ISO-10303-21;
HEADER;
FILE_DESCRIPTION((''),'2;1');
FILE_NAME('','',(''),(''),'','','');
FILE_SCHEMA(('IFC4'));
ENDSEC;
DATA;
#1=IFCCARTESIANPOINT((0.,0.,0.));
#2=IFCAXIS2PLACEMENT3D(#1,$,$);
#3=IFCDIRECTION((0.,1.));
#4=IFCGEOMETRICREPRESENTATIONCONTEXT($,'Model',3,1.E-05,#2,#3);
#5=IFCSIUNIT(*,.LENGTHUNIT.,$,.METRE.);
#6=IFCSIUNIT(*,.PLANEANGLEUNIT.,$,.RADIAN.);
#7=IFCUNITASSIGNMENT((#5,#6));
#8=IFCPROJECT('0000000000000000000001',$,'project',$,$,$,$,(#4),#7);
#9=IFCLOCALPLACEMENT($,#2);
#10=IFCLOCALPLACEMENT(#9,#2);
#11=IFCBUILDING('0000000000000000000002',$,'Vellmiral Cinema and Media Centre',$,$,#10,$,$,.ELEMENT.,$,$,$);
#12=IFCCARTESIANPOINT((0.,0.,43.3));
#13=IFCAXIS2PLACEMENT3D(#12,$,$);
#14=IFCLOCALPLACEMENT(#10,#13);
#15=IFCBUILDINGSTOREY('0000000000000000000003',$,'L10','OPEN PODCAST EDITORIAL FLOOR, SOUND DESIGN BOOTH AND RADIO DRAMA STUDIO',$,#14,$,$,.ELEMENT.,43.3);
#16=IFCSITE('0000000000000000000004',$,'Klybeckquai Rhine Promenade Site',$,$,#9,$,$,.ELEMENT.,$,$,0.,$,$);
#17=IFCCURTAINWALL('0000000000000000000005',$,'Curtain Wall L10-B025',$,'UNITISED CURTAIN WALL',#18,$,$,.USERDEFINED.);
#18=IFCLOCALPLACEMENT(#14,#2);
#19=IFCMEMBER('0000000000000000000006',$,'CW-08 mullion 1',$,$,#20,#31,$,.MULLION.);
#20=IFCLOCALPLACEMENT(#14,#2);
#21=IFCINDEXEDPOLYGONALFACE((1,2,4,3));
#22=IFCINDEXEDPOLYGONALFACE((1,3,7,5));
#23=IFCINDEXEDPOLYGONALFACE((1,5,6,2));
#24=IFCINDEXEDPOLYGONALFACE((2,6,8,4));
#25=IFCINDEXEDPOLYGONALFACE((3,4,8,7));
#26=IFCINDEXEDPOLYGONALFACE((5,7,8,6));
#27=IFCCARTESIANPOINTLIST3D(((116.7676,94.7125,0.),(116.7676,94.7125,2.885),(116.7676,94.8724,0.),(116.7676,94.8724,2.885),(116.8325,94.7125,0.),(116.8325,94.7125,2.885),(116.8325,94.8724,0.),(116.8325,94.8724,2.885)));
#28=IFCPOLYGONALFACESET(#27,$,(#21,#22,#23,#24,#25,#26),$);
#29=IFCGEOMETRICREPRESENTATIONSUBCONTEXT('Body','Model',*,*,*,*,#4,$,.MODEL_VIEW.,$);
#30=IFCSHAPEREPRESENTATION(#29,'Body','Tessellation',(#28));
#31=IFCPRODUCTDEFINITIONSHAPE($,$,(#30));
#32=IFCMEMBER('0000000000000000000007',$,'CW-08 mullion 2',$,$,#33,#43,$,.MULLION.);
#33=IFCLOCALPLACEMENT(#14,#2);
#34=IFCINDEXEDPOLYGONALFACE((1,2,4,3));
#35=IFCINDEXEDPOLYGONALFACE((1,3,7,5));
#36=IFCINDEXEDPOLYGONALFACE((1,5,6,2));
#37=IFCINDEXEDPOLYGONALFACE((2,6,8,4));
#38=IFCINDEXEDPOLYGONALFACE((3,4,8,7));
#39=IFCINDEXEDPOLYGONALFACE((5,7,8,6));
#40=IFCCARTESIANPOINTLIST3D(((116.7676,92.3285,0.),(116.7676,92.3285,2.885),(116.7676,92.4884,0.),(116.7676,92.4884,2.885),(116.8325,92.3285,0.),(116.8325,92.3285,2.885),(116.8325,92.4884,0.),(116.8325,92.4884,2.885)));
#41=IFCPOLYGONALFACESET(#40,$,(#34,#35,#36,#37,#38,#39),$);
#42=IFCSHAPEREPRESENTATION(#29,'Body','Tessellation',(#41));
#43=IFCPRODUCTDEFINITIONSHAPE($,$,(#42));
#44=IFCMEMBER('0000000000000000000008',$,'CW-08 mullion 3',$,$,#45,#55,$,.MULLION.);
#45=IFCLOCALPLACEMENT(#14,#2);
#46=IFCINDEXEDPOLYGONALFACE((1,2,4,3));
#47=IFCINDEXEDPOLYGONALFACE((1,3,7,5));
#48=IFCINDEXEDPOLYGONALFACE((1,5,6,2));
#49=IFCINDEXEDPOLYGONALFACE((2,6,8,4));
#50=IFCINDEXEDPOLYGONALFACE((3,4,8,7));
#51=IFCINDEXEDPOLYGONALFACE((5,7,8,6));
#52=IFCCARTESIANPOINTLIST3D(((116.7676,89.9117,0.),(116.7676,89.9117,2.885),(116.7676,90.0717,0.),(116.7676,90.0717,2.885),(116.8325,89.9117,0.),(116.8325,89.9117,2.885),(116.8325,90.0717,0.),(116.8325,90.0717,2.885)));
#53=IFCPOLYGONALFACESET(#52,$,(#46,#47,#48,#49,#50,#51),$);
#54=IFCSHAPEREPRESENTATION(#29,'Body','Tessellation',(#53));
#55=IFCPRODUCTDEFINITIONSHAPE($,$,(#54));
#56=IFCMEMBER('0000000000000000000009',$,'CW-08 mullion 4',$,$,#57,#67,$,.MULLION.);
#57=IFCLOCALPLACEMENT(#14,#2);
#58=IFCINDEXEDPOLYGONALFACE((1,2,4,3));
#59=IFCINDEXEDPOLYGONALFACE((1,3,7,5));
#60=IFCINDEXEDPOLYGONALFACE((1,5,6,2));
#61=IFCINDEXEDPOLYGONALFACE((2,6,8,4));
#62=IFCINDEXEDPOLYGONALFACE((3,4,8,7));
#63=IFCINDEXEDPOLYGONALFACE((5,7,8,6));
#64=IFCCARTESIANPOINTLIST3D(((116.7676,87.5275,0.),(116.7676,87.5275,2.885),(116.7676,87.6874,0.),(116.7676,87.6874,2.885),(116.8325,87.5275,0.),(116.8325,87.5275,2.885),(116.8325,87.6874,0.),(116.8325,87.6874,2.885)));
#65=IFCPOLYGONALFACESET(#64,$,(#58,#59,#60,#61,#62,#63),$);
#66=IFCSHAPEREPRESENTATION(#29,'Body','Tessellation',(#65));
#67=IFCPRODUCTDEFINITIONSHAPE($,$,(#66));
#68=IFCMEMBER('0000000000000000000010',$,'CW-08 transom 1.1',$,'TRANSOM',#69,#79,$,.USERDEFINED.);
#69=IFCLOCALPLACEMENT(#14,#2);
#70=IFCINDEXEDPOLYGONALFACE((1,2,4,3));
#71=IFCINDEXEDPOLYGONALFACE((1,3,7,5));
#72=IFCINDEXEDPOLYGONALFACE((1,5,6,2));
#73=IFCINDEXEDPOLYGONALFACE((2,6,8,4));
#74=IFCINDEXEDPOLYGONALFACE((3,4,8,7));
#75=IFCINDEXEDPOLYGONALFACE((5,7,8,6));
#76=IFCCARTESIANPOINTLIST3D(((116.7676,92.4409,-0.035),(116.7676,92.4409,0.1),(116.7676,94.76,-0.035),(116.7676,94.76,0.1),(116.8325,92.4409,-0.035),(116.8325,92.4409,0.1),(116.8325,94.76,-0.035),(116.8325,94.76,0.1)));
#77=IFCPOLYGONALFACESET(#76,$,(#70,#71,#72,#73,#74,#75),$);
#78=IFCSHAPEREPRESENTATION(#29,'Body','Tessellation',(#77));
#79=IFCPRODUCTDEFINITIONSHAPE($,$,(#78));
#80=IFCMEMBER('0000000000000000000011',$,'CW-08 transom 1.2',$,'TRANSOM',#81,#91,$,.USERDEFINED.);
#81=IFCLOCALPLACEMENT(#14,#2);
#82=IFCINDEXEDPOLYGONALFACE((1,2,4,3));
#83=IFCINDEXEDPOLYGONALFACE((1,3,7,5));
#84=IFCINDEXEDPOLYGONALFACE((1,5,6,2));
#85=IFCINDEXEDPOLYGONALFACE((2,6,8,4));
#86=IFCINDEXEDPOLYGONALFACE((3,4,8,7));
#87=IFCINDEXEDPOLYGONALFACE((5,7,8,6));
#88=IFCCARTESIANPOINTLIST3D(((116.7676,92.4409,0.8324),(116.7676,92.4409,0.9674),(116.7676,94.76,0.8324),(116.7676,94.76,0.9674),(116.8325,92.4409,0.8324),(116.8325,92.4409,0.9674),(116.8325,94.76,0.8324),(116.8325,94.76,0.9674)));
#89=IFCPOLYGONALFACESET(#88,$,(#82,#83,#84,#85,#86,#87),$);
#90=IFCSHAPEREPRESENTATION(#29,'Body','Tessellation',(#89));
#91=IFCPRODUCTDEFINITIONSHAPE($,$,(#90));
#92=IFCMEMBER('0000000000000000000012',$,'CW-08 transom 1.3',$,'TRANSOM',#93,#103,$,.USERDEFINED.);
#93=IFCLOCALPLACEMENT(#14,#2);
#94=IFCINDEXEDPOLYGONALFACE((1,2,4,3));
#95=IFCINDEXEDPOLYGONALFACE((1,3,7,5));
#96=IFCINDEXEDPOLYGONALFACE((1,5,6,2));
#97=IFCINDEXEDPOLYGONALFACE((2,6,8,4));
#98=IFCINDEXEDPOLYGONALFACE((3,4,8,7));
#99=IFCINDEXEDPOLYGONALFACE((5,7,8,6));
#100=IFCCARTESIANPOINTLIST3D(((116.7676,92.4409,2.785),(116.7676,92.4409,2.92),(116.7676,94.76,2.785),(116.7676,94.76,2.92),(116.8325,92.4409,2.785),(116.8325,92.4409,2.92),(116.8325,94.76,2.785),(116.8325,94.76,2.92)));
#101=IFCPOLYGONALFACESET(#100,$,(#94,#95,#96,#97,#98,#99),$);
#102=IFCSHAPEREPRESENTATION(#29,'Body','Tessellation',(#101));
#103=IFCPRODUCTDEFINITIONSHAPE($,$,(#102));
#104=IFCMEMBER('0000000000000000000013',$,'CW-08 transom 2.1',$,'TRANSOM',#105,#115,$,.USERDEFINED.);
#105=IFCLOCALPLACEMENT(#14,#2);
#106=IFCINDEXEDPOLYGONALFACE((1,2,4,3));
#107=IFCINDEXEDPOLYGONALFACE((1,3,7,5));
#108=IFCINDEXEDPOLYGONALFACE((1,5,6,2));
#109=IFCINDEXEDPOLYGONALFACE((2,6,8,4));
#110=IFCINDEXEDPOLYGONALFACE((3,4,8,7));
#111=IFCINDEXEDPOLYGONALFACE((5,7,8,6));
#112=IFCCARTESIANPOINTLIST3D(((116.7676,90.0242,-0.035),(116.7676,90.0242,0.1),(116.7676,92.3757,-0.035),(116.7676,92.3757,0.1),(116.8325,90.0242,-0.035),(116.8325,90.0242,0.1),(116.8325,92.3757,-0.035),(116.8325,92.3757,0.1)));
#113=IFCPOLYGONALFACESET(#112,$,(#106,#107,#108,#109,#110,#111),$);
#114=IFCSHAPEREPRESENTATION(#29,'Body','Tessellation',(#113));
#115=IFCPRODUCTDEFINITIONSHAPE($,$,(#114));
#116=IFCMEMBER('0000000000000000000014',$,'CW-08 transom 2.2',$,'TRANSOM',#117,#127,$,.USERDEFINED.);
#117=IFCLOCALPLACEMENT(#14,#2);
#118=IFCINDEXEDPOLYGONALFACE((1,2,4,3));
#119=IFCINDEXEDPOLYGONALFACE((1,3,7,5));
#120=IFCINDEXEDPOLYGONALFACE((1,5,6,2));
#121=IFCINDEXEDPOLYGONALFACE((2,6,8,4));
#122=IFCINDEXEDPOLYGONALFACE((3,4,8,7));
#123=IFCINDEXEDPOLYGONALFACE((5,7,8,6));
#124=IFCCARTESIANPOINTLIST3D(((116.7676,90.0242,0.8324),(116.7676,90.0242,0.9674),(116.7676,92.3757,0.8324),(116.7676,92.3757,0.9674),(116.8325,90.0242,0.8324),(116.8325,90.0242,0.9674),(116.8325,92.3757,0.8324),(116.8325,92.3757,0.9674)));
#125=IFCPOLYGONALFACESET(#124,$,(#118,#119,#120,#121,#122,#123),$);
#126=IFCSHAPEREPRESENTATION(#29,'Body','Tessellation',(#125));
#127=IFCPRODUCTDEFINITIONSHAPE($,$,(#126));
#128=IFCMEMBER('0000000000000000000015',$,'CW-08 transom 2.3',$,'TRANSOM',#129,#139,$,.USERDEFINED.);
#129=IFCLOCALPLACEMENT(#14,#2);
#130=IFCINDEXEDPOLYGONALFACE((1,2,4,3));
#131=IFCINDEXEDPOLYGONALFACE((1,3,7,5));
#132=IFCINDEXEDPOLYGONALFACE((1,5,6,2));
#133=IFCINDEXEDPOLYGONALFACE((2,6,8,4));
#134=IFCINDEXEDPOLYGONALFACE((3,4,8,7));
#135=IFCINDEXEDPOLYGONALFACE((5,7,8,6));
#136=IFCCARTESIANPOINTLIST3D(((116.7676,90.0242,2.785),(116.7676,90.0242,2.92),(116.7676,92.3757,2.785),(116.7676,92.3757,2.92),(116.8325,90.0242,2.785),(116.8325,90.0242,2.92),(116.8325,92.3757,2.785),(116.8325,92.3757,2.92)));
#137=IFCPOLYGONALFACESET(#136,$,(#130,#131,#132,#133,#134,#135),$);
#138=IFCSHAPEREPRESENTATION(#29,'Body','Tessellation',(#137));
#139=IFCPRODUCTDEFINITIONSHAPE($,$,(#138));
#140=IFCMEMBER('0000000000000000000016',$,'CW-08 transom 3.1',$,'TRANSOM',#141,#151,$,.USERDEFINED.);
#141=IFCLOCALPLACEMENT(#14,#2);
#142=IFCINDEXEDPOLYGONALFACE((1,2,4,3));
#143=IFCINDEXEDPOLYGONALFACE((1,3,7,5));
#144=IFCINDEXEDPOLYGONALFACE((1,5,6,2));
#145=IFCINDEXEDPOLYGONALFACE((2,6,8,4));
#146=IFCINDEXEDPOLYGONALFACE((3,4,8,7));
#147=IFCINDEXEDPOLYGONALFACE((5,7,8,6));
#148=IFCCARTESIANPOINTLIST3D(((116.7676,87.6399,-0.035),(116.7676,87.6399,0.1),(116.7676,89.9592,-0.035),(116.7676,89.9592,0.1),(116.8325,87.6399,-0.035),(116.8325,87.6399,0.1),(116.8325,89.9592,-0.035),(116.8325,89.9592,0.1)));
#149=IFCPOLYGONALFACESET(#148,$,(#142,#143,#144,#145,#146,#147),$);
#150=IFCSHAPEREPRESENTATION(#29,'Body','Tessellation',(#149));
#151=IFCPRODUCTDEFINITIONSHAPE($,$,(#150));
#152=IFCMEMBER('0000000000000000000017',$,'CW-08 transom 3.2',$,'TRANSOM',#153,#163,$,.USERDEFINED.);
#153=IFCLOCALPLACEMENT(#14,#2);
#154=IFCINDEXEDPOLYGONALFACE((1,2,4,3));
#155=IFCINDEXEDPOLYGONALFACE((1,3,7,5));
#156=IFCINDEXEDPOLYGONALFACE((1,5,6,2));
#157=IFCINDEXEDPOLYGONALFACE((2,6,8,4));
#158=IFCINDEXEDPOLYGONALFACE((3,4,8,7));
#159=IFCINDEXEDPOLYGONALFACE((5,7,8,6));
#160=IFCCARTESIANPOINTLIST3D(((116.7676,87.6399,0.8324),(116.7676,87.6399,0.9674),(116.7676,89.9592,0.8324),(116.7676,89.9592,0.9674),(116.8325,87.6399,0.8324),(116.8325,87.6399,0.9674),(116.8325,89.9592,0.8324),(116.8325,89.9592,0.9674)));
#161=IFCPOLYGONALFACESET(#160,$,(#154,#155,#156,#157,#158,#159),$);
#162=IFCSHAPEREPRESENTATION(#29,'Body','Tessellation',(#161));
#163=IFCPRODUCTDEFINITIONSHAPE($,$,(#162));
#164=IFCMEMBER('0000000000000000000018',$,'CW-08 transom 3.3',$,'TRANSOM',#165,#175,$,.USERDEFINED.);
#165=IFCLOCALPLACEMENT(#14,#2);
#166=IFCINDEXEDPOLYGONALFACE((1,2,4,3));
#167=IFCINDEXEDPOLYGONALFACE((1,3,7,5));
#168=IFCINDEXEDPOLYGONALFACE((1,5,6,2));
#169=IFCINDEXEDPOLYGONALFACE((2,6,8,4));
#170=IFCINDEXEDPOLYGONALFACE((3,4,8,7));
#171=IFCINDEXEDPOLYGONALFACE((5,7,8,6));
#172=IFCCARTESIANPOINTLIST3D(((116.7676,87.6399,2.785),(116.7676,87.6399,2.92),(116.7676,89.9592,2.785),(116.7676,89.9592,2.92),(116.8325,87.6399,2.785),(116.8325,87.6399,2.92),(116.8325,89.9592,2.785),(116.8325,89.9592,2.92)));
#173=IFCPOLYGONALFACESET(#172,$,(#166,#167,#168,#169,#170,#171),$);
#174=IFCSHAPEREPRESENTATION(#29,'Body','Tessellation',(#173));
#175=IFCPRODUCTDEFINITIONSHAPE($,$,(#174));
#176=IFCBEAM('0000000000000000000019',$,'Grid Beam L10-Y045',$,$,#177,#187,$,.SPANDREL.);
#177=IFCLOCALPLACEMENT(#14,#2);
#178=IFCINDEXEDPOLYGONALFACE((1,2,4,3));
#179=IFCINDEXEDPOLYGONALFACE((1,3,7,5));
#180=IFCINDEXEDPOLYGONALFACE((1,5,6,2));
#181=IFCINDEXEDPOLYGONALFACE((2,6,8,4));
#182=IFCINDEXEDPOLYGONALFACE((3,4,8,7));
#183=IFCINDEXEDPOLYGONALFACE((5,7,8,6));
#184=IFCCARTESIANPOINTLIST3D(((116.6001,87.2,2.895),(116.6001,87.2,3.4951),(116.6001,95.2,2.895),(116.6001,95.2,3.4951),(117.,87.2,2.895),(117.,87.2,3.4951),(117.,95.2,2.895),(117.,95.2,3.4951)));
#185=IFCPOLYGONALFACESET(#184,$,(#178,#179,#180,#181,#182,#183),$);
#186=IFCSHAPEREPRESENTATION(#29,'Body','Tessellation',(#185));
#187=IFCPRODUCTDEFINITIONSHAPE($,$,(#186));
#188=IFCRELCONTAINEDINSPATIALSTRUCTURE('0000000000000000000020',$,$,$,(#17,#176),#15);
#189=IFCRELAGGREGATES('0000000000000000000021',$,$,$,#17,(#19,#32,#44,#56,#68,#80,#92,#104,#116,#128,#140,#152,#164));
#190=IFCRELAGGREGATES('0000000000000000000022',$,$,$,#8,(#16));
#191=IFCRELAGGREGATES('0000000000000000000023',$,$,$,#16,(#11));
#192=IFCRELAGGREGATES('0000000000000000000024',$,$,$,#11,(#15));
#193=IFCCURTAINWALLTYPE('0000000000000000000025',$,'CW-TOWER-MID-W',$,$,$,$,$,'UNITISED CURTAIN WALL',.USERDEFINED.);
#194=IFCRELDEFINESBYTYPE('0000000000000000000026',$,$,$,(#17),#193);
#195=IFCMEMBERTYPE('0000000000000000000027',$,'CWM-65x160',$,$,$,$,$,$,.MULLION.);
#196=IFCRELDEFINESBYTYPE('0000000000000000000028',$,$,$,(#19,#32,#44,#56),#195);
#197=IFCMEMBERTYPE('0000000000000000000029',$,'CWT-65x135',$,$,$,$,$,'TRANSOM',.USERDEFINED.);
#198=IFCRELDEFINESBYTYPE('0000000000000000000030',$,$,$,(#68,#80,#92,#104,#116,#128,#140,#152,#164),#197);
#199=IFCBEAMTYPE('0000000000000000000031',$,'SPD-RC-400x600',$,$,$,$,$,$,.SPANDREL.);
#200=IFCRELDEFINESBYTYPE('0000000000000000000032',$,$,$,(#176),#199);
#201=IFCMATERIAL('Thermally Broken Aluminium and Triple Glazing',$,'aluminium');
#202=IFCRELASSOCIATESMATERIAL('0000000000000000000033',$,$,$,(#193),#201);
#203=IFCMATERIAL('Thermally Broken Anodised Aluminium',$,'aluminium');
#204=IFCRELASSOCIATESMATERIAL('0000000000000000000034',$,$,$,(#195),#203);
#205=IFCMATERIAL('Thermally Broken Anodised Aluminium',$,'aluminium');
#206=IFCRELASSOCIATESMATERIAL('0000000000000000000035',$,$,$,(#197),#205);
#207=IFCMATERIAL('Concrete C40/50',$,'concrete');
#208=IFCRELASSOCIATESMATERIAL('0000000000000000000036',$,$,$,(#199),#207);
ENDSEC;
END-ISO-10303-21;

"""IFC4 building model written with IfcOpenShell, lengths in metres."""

from ifc_helpers import new_model, si_unit, direction, frame, origin, origin_2d, place, context, subcontext, project, spatial, rectangle, extrude, material, material_profile, profile_set, type_object, element, aggregate, save


model = new_model("IFC4")

# Units and contexts
model_context = context("Model", 3, precision=1e-05, world=origin(), true_north=direction((0.0, 1.0)))
body_context = subcontext(model_context, "Body", "Model", "MODEL_VIEW")
ifc_project = project(units=[si_unit("LENGTHUNIT", "METRE"), si_unit("PLANEANGLEUNIT", "RADIAN")], contexts=[model_context])

# Site, building, storey
site_placement = place(None, origin())
site = spatial("IfcSite", under=ifc_project, at=site_placement, Name="Klybeckquai Rhine Promenade Site", CompositionType="ELEMENT", RefElevation=0.0)
building_placement = place(site_placement, origin())
building = spatial("IfcBuilding", under=site, at=building_placement, Name="Vellmiral Cinema and Media Centre", CompositionType="ELEMENT")
storey_placement = place(building_placement, frame((0.0, 0.0, 43.3)))
storey = spatial("IfcBuildingStorey", under=building, at=storey_placement, Name="L10", Description="OPEN PODCAST EDITORIAL FLOOR, SOUND DESIGN BOOTH AND RADIO DRAMA STUDIO", CompositionType="ELEMENT", Elevation=43.3)

# Curtain wall, members
ifc_material_1 = material(Name="Thermally Broken Aluminium and Triple Glazing", Category="aluminium")
curtain_wall_type = type_object("IfcCurtainWallType", Name="CW-TOWER-MID-W", ElementType="UNITISED CURTAIN WALL", PredefinedType="USERDEFINED", material=ifc_material_1)
curtain_wall_placement = place(storey_placement, origin())
curtain_wall = element("IfcCurtainWall", 1, at=curtain_wall_placement, inside=storey, type_object=curtain_wall_type, Name="Curtain Wall L10-B025", ObjectType="UNITISED CURTAIN WALL", PredefinedType="USERDEFINED")
ifc_material_2 = material(Name="Thermally Broken Anodised Aluminium", Category="aluminium")
ifc_material_profile_1 = material_profile(ifc_material_2, rectangle(XDim=0.0649, YDim=0.1599, at=origin_2d()), Name="MULL 65x160")
ifc_profile_set_1 = profile_set([ifc_material_profile_1], Name="Thermally Broken Anodised Aluminium")
member_type_1 = type_object("IfcMemberType", Name="CWM-65x160", PredefinedType="MULLION", material=ifc_profile_set_1)
member_1_placement = place(storey_placement, frame((116.8, 94.7925, 0.0), z_axis=(0.0, 0.0, 1.0), x_axis=(1.0, 0.0, 0.0)))
member_1 = element("IfcMember", 2, at=member_1_placement, type_object=member_type_1, Name="CW-08 mullion 1", PredefinedType="MULLION", context=body_context, shape_type="SweptSolid", body=[
    extrude(rectangle(XDim=0.0649, YDim=0.1599, at=origin_2d()), origin(), (0.0, 0.0, 1.0), 2.885),
])
member_2_placement = place(storey_placement, frame((116.8, 92.4084, 0.0), z_axis=(0.0, 0.0, 1.0), x_axis=(1.0, 0.0, 0.0)))
member_2 = element("IfcMember", 3, at=member_2_placement, type_object=member_type_1, Name="CW-08 mullion 2", PredefinedType="MULLION", context=body_context, shape_type="SweptSolid", body=[
    extrude(rectangle(XDim=0.0649, YDim=0.1599, at=origin_2d()), origin(), (0.0, 0.0, 1.0), 2.885),
])
member_3_placement = place(storey_placement, frame((116.8, 89.9917, 0.0), z_axis=(0.0, 0.0, 1.0), x_axis=(1.0, 0.0, 0.0)))
member_3 = element("IfcMember", 4, at=member_3_placement, type_object=member_type_1, Name="CW-08 mullion 3", PredefinedType="MULLION", context=body_context, shape_type="SweptSolid", body=[
    extrude(rectangle(XDim=0.0649, YDim=0.1599, at=origin_2d()), origin(), (0.0, 0.0, 1.0), 2.885),
])
member_4_placement = place(storey_placement, frame((116.8, 87.6074, 0.0), z_axis=(0.0, 0.0, 1.0), x_axis=(1.0, 0.0, 0.0)))
member_4 = element("IfcMember", 5, at=member_4_placement, type_object=member_type_1, Name="CW-08 mullion 4", PredefinedType="MULLION", context=body_context, shape_type="SweptSolid", body=[
    extrude(rectangle(XDim=0.0649, YDim=0.1599, at=origin_2d()), origin(), (0.0, 0.0, 1.0), 2.885),
])
ifc_material_3 = material(Name="Thermally Broken Anodised Aluminium", Category="aluminium")
ifc_material_profile_2 = material_profile(ifc_material_3, rectangle(XDim=0.0649, YDim=0.135, at=origin_2d()), Name="MULL 65x135")
ifc_profile_set_2 = profile_set([ifc_material_profile_2], Name="Thermally Broken Anodised Aluminium")
member_type_2 = type_object("IfcMemberType", Name="CWT-65x135", ElementType="TRANSOM", PredefinedType="USERDEFINED", material=ifc_profile_set_2)
member_5_placement = place(storey_placement, frame((116.8, 94.76, 0.0325), z_axis=(0.0, -1.0, 0.0), x_axis=(1.0, 0.0, 0.0)))
member_5 = element("IfcMember", 6, at=member_5_placement, type_object=member_type_2, Name="CW-08 transom 1.1", ObjectType="TRANSOM", PredefinedType="USERDEFINED", context=body_context, shape_type="SweptSolid", body=[
    extrude(rectangle(XDim=0.0649, YDim=0.135, at=origin_2d()), origin(), (0.0, 0.0, 1.0), 2.3191),
])
member_6_placement = place(storey_placement, frame((116.8, 94.76, 0.8999), z_axis=(0.0, -1.0, 0.0), x_axis=(1.0, 0.0, 0.0)))
member_6 = element("IfcMember", 7, at=member_6_placement, type_object=member_type_2, Name="CW-08 transom 1.2", ObjectType="TRANSOM", PredefinedType="USERDEFINED", context=body_context, shape_type="SweptSolid", body=[
    extrude(rectangle(XDim=0.0649, YDim=0.135, at=origin_2d()), origin(), (0.0, 0.0, 1.0), 2.3191),
])
member_7_placement = place(storey_placement, frame((116.8, 94.76, 2.8525), z_axis=(0.0, -1.0, 0.0), x_axis=(1.0, 0.0, 0.0)))
member_7 = element("IfcMember", 8, at=member_7_placement, type_object=member_type_2, Name="CW-08 transom 1.3", ObjectType="TRANSOM", PredefinedType="USERDEFINED", context=body_context, shape_type="SweptSolid", body=[
    extrude(rectangle(XDim=0.0649, YDim=0.135, at=origin_2d()), origin(), (0.0, 0.0, 1.0), 2.3191),
])
member_8_placement = place(storey_placement, frame((116.8, 92.3757, 0.0325), z_axis=(0.0, -1.0, 0.0), x_axis=(1.0, 0.0, 0.0)))
member_8 = element("IfcMember", 9, at=member_8_placement, type_object=member_type_2, Name="CW-08 transom 2.1", ObjectType="TRANSOM", PredefinedType="USERDEFINED", context=body_context, shape_type="SweptSolid", body=[
    extrude(rectangle(XDim=0.0649, YDim=0.135, at=origin_2d()), origin(), (0.0, 0.0, 1.0), 2.3516),
])
member_9_placement = place(storey_placement, frame((116.8, 92.3757, 0.8999), z_axis=(0.0, -1.0, 0.0), x_axis=(1.0, 0.0, 0.0)))
member_9 = element("IfcMember", 10, at=member_9_placement, type_object=member_type_2, Name="CW-08 transom 2.2", ObjectType="TRANSOM", PredefinedType="USERDEFINED", context=body_context, shape_type="SweptSolid", body=[
    extrude(rectangle(XDim=0.0649, YDim=0.135, at=origin_2d()), origin(), (0.0, 0.0, 1.0), 2.3516),
])
member_10_placement = place(storey_placement, frame((116.8, 92.3757, 2.8525), z_axis=(0.0, -1.0, 0.0), x_axis=(1.0, 0.0, 0.0)))
member_10 = element("IfcMember", 11, at=member_10_placement, type_object=member_type_2, Name="CW-08 transom 2.3", ObjectType="TRANSOM", PredefinedType="USERDEFINED", context=body_context, shape_type="SweptSolid", body=[
    extrude(rectangle(XDim=0.0649, YDim=0.135, at=origin_2d()), origin(), (0.0, 0.0, 1.0), 2.3516),
])
member_11_placement = place(storey_placement, frame((116.8, 89.9592, 0.0325), z_axis=(0.0, -1.0, 0.0), x_axis=(1.0, 0.0, 0.0)))
member_11 = element("IfcMember", 12, at=member_11_placement, type_object=member_type_2, Name="CW-08 transom 3.1", ObjectType="TRANSOM", PredefinedType="USERDEFINED", context=body_context, shape_type="SweptSolid", body=[
    extrude(rectangle(XDim=0.0649, YDim=0.135, at=origin_2d()), origin(), (0.0, 0.0, 1.0), 2.3193),
])
member_12_placement = place(storey_placement, frame((116.8, 89.9592, 0.8999), z_axis=(0.0, -1.0, 0.0), x_axis=(1.0, 0.0, 0.0)))
member_12 = element("IfcMember", 13, at=member_12_placement, type_object=member_type_2, Name="CW-08 transom 3.2", ObjectType="TRANSOM", PredefinedType="USERDEFINED", context=body_context, shape_type="SweptSolid", body=[
    extrude(rectangle(XDim=0.0649, YDim=0.135, at=origin_2d()), origin(), (0.0, 0.0, 1.0), 2.3193),
])
member_13_placement = place(storey_placement, frame((116.8, 89.9592, 2.8525), z_axis=(0.0, -1.0, 0.0), x_axis=(1.0, 0.0, 0.0)))
member_13 = element("IfcMember", 14, at=member_13_placement, type_object=member_type_2, Name="CW-08 transom 3.3", ObjectType="TRANSOM", PredefinedType="USERDEFINED", context=body_context, shape_type="SweptSolid", body=[
    extrude(rectangle(XDim=0.0649, YDim=0.135, at=origin_2d()), origin(), (0.0, 0.0, 1.0), 2.3193),
])

# Beam
ifc_material_4 = material(Name="Concrete C40/50", Category="concrete")
ifc_material_profile_3 = material_profile(ifc_material_4, rectangle(XDim=0.3999, YDim=0.6001, at=origin_2d()), Name="RC 400x600")
ifc_profile_set_3 = profile_set([ifc_material_profile_3], Name="Concrete C40/50")
beam_type_1 = type_object("IfcBeamType", Name="SPD-RC-400x600", PredefinedType="SPANDREL", material=ifc_profile_set_3)
beam_1_placement = place(storey_placement, frame((116.8, 87.2, 3.1951), z_axis=(0.0, 1.0, 0.0), x_axis=(-1.0, 0.0, 0.0)))
element("IfcBeam", 15, at=beam_1_placement, inside=storey, type_object=beam_type_1, Name="Grid Beam L10-Y045", PredefinedType="SPANDREL", context=body_context, shape_type="SweptSolid", body=[
    extrude(rectangle(XDim=0.3999, YDim=0.6001, at=origin_2d()), origin(), (0.0, 0.0, 1.0), 8.0),
])

aggregate(curtain_wall, [member_1, member_2, member_3, member_4, member_5, member_6, member_7, member_8, member_9, member_10, member_11, member_12, member_13])

save(model, "model.ifc")
